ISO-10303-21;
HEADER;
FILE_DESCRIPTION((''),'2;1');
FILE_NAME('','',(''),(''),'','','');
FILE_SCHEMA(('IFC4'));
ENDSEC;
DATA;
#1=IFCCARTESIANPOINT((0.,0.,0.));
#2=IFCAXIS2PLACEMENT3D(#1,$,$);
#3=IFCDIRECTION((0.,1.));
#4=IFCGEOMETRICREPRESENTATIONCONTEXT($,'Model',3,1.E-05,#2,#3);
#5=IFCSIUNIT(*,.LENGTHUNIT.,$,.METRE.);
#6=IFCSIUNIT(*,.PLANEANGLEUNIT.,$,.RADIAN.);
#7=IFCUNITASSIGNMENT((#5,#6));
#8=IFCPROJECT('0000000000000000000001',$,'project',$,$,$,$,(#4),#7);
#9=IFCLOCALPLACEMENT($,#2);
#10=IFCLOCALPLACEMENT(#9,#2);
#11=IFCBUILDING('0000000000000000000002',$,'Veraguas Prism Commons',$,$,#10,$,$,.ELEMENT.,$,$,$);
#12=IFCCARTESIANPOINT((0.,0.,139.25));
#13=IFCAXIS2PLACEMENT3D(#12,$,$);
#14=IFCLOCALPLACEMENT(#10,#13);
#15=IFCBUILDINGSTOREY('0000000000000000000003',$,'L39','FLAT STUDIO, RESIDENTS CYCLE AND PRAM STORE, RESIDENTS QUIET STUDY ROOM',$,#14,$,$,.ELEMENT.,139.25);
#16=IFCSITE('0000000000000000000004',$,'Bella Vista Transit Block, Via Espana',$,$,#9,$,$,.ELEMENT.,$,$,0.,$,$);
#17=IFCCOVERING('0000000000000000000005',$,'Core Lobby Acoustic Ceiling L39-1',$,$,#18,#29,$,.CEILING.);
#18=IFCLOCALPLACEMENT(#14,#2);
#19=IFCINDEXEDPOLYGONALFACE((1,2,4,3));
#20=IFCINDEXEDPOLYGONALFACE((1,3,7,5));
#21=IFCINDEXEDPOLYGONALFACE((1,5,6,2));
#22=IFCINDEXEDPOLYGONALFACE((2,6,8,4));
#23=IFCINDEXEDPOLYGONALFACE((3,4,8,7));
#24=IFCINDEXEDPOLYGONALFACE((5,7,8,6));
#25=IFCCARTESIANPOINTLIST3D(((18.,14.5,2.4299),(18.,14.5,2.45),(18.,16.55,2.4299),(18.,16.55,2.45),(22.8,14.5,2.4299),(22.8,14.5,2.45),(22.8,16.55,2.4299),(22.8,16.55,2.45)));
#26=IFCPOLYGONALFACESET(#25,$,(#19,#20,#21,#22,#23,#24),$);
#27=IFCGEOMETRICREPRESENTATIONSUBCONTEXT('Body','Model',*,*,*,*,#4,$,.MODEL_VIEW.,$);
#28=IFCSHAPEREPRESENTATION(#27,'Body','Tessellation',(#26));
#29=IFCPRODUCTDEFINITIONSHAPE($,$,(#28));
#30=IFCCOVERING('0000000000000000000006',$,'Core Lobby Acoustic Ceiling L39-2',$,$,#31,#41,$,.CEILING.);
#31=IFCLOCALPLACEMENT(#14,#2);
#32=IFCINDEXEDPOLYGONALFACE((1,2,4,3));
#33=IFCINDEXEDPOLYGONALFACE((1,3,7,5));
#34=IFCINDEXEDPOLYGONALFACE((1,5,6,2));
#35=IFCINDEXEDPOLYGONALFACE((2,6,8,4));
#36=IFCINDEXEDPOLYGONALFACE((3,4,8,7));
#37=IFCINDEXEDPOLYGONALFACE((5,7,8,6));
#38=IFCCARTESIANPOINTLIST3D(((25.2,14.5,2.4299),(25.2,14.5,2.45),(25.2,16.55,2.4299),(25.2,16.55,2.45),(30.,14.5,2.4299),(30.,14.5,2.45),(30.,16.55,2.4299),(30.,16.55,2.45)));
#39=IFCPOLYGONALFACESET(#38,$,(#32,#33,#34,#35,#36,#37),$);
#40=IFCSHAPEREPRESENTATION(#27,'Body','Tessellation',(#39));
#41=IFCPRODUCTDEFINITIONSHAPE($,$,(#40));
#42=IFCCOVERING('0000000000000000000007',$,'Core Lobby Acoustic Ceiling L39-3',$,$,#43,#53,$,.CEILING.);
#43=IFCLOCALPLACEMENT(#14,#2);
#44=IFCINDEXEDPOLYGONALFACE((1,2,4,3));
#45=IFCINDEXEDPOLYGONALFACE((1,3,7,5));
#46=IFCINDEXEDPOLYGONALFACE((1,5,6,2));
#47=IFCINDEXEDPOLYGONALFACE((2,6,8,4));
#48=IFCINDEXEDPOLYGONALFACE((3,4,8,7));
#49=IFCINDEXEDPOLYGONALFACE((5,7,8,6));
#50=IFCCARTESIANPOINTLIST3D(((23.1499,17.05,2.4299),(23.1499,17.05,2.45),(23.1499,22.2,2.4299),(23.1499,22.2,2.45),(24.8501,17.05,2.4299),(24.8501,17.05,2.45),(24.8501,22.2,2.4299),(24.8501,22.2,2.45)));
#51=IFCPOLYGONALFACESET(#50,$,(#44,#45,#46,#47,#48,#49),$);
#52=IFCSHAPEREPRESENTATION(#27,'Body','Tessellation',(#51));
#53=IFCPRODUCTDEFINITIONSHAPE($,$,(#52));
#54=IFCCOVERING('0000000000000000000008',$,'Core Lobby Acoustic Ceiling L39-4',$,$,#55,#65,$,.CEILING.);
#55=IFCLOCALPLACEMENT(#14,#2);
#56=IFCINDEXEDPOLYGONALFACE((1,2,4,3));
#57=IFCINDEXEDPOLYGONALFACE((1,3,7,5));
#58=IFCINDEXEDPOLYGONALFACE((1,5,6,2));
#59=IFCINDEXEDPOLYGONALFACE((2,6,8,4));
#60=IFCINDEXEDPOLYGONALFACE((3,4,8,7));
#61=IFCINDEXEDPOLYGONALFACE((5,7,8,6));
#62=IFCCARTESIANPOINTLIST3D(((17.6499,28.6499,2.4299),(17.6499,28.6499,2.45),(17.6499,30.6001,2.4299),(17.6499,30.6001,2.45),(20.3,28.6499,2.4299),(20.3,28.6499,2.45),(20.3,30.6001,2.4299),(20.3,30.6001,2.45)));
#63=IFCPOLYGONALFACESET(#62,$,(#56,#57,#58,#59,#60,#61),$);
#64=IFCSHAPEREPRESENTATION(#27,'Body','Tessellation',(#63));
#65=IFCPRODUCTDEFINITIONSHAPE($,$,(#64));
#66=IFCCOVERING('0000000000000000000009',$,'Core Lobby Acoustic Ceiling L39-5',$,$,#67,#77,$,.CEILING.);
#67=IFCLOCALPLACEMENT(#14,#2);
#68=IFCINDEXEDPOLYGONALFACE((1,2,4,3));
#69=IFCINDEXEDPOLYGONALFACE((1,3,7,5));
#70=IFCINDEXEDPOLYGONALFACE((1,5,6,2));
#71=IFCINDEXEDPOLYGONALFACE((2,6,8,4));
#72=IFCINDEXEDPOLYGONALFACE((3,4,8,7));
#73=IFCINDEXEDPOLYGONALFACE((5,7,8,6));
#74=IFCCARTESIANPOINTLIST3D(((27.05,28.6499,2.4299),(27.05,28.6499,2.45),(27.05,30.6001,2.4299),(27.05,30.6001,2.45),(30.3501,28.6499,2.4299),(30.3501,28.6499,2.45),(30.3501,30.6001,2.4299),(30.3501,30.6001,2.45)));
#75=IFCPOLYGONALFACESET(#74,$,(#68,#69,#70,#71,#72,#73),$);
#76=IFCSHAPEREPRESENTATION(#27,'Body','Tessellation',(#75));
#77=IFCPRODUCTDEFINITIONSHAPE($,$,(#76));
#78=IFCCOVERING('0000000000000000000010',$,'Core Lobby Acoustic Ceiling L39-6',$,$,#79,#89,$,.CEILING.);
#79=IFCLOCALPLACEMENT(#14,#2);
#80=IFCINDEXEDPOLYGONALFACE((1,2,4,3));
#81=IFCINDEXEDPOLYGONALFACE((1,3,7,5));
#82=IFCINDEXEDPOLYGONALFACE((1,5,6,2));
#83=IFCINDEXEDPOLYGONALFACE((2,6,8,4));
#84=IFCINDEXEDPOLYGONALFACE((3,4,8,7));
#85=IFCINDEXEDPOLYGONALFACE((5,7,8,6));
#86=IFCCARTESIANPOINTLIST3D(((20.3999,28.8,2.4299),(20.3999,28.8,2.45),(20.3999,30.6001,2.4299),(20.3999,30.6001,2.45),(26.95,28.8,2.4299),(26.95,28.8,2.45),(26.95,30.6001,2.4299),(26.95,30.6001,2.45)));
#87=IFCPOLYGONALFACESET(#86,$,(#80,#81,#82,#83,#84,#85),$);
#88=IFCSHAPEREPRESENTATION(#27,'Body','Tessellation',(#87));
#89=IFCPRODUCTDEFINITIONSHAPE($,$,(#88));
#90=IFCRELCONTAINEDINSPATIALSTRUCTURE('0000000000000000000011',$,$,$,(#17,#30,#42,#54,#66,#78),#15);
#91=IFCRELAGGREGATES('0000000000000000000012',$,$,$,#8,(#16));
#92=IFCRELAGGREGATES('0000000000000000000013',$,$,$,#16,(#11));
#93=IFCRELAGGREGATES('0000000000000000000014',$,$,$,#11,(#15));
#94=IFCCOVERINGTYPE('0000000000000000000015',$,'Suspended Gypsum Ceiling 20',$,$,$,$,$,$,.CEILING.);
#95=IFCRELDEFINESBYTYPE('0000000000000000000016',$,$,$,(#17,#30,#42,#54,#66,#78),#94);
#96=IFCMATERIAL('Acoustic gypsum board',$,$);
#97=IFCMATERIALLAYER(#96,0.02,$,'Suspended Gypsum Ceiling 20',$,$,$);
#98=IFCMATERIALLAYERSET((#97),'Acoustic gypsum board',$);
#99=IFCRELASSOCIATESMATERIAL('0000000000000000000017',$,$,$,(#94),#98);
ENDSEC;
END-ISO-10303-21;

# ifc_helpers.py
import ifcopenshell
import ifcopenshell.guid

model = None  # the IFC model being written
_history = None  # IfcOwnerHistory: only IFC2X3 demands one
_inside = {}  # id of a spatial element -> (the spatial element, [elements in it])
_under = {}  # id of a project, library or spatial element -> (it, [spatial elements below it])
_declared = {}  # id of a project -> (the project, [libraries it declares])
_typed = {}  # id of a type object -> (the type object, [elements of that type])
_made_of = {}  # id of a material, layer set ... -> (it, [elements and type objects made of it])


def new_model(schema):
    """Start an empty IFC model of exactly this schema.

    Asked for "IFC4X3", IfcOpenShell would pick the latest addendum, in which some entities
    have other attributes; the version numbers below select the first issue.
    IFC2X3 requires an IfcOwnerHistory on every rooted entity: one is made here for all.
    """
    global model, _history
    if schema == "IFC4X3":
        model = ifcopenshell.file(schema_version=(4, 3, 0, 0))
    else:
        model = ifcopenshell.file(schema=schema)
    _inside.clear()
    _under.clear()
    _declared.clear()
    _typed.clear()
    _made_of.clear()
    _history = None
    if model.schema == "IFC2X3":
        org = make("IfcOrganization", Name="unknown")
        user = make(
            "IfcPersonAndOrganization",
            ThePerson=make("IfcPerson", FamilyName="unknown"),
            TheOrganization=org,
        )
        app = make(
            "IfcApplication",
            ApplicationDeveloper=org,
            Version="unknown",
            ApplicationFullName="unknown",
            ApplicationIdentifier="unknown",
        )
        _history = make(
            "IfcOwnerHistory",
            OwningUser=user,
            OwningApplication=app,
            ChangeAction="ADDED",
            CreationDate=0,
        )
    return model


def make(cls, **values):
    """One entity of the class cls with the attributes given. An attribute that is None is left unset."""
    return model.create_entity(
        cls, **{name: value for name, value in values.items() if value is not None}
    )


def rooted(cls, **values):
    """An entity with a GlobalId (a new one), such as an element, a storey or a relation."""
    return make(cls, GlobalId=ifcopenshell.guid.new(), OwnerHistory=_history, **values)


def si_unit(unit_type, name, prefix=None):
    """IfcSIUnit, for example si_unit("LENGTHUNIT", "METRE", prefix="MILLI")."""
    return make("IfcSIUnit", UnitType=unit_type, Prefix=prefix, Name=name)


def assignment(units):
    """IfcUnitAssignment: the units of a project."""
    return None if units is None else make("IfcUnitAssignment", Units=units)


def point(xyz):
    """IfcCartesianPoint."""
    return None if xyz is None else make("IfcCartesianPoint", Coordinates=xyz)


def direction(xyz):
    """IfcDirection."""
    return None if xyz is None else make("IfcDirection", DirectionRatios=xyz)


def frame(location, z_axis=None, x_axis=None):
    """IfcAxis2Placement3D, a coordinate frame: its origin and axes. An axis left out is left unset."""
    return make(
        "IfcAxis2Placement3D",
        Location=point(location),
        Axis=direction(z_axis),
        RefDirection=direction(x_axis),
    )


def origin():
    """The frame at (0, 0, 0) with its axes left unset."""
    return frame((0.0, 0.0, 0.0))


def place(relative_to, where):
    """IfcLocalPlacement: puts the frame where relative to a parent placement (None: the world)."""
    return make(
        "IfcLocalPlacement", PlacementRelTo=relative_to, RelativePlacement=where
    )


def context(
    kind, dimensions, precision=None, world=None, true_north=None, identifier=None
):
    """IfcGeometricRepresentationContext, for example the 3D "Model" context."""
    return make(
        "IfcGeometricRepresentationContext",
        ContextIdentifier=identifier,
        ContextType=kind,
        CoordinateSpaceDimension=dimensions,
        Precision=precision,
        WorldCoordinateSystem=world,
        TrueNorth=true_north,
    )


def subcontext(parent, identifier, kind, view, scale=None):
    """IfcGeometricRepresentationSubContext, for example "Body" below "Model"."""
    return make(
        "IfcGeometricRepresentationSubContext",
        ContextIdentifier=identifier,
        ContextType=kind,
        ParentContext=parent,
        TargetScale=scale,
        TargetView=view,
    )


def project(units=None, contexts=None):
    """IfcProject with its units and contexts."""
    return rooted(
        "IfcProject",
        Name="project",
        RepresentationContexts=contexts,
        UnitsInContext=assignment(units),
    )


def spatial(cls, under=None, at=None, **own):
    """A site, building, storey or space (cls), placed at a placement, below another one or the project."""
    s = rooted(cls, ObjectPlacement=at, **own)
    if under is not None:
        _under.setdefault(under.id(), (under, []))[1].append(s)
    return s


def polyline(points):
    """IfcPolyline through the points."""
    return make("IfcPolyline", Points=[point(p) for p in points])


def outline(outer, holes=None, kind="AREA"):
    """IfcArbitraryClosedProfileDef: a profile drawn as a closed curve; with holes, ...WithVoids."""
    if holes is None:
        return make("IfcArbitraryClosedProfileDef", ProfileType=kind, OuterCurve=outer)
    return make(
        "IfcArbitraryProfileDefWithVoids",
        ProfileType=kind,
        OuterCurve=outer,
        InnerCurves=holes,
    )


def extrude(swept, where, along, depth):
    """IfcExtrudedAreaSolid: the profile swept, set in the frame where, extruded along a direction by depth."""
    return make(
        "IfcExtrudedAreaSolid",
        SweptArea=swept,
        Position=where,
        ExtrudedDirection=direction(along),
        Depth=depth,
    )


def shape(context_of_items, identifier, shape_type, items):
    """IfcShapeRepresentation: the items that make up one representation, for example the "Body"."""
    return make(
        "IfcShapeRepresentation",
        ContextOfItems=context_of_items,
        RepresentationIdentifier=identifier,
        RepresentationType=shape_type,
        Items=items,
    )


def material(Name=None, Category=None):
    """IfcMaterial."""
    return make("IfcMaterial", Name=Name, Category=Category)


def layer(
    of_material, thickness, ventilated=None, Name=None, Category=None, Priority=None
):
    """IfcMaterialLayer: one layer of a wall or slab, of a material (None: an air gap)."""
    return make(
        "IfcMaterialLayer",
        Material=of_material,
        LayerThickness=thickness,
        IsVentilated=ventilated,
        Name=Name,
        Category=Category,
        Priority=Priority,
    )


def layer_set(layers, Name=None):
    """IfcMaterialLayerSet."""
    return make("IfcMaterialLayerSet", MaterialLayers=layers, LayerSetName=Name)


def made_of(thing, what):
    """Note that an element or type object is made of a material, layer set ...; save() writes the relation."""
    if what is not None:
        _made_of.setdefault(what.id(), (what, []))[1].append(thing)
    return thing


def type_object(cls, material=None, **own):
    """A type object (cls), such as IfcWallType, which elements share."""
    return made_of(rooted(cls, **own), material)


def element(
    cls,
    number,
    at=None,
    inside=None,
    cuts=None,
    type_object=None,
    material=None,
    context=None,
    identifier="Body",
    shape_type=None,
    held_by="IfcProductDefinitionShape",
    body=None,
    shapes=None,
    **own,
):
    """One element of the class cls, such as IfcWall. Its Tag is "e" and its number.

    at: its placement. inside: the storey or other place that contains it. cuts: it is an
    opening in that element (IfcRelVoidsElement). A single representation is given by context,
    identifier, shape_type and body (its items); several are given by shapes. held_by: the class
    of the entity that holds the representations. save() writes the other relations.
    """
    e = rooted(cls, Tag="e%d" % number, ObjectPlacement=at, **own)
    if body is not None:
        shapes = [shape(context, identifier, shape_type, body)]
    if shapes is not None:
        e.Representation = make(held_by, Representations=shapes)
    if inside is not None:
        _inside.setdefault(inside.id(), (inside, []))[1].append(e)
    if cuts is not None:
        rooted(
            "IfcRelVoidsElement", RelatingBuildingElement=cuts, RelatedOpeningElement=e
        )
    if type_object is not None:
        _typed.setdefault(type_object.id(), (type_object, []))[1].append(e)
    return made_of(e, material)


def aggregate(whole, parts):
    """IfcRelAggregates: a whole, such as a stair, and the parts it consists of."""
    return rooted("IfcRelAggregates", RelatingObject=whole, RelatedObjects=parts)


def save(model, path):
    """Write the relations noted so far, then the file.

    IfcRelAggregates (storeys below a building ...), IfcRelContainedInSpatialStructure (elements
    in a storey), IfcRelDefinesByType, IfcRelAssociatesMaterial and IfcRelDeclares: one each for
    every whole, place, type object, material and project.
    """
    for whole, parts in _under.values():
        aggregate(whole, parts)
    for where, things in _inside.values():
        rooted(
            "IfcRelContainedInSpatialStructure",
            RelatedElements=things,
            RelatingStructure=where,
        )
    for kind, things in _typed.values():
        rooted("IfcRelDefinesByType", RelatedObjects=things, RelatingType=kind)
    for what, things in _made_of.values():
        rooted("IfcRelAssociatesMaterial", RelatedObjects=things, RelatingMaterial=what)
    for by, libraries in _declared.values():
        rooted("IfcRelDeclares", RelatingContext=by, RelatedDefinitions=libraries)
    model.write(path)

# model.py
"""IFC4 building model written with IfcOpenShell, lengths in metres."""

from ifc_helpers import new_model, si_unit, direction, frame, origin, place, context, subcontext, project, spatial, polyline, outline, extrude, material, layer, layer_set, type_object, element, save


model = new_model("IFC4")

# Units and contexts
model_context = context("Model", 3, precision=1e-05, world=origin(), true_north=direction((0.0, 1.0)))
body_context = subcontext(model_context, "Body", "Model", "MODEL_VIEW")
ifc_project = project(units=[si_unit("LENGTHUNIT", "METRE"), si_unit("PLANEANGLEUNIT", "RADIAN")], contexts=[model_context])

# Site, building, storey
site_placement = place(None, origin())
site = spatial("IfcSite", under=ifc_project, at=site_placement, Name="Bella Vista Transit Block, Via Espana", CompositionType="ELEMENT", RefElevation=0.0)
building_placement = place(site_placement, origin())
building = spatial("IfcBuilding", under=site, at=building_placement, Name="Veraguas Prism Commons", CompositionType="ELEMENT")
storey_placement = place(building_placement, frame((0.0, 0.0, 139.25)))
storey = spatial("IfcBuildingStorey", under=building, at=storey_placement, Name="L39", Description="FLAT STUDIO, RESIDENTS CYCLE AND PRAM STORE, RESIDENTS QUIET STUDY ROOM", CompositionType="ELEMENT", Elevation=139.25)

# Coverings
ifc_material_1 = material(Name="Acoustic gypsum board")
ifc_layer_1 = layer(ifc_material_1, 0.02, Name="Suspended Gypsum Ceiling 20")
ifc_layer_set_1 = layer_set([ifc_layer_1], Name="Acoustic gypsum board")
covering_type_1 = type_object("IfcCoveringType", Name="Suspended Gypsum Ceiling 20", PredefinedType="CEILING", material=ifc_layer_set_1)
covering_1_placement = place(storey_placement, frame((0.0, 0.0, 2.4299)))
element("IfcCovering", 1, at=covering_1_placement, inside=storey, type_object=covering_type_1, Name="Core Lobby Acoustic Ceiling L39-1", PredefinedType="CEILING", context=body_context, shape_type="SweptSolid", body=[
    extrude(outline(polyline([(18.0, 14.5), (22.8, 14.5), (22.8, 16.55), (18.0, 16.55), (18.0, 14.5)])), origin(), (0.0, 0.0, 1.0), 0.02),
])
covering_2_placement = place(storey_placement, frame((0.0, 0.0, 2.4299)))
element("IfcCovering", 2, at=covering_2_placement, inside=storey, type_object=covering_type_1, Name="Core Lobby Acoustic Ceiling L39-2", PredefinedType="CEILING", context=body_context, shape_type="SweptSolid", body=[
    extrude(outline(polyline([(25.2, 14.5), (30.0, 14.5), (30.0, 16.55), (25.2, 16.55), (25.2, 14.5)])), origin(), (0.0, 0.0, 1.0), 0.02),
])
covering_3_placement = place(storey_placement, frame((0.0, 0.0, 2.4299)))
element("IfcCovering", 3, at=covering_3_placement, inside=storey, type_object=covering_type_1, Name="Core Lobby Acoustic Ceiling L39-3", PredefinedType="CEILING", context=body_context, shape_type="SweptSolid", body=[
    extrude(outline(polyline([(23.1499, 17.05), (24.8501, 17.05), (24.8501, 22.2), (23.1499, 22.2), (23.1499, 17.05)])), origin(), (0.0, 0.0, 1.0), 0.02),
])
covering_4_placement = place(storey_placement, frame((0.0, 0.0, 2.4299)))
element("IfcCovering", 4, at=covering_4_placement, inside=storey, type_object=covering_type_1, Name="Core Lobby Acoustic Ceiling L39-4", PredefinedType="CEILING", context=body_context, shape_type="SweptSolid", body=[
    extrude(outline(polyline([(17.6499, 28.6499), (20.3, 28.6499), (20.3, 30.6001), (17.6499, 30.6001), (17.6499, 28.6499)])), origin(), (0.0, 0.0, 1.0), 0.02),
])
covering_5_placement = place(storey_placement, frame((0.0, 0.0, 2.4299)))
element("IfcCovering", 5, at=covering_5_placement, inside=storey, type_object=covering_type_1, Name="Core Lobby Acoustic Ceiling L39-5", PredefinedType="CEILING", context=body_context, shape_type="SweptSolid", body=[
    extrude(outline(polyline([(27.05, 28.6499), (30.3501, 28.6499), (30.3501, 30.6001), (27.05, 30.6001), (27.05, 28.6499)])), origin(), (0.0, 0.0, 1.0), 0.02),
])
covering_6_placement = place(storey_placement, frame((0.0, 0.0, 2.4299)))
element("IfcCovering", 6, at=covering_6_placement, inside=storey, type_object=covering_type_1, Name="Core Lobby Acoustic Ceiling L39-6", PredefinedType="CEILING", context=body_context, shape_type="SweptSolid", body=[
    extrude(outline(polyline([(20.3999, 28.8), (26.95, 28.8), (26.95, 30.6001), (20.3999, 30.6001), (20.3999, 28.8)])), origin(), (0.0, 0.0, 1.0), 0.02),
])

save(model, "model.ifc")
